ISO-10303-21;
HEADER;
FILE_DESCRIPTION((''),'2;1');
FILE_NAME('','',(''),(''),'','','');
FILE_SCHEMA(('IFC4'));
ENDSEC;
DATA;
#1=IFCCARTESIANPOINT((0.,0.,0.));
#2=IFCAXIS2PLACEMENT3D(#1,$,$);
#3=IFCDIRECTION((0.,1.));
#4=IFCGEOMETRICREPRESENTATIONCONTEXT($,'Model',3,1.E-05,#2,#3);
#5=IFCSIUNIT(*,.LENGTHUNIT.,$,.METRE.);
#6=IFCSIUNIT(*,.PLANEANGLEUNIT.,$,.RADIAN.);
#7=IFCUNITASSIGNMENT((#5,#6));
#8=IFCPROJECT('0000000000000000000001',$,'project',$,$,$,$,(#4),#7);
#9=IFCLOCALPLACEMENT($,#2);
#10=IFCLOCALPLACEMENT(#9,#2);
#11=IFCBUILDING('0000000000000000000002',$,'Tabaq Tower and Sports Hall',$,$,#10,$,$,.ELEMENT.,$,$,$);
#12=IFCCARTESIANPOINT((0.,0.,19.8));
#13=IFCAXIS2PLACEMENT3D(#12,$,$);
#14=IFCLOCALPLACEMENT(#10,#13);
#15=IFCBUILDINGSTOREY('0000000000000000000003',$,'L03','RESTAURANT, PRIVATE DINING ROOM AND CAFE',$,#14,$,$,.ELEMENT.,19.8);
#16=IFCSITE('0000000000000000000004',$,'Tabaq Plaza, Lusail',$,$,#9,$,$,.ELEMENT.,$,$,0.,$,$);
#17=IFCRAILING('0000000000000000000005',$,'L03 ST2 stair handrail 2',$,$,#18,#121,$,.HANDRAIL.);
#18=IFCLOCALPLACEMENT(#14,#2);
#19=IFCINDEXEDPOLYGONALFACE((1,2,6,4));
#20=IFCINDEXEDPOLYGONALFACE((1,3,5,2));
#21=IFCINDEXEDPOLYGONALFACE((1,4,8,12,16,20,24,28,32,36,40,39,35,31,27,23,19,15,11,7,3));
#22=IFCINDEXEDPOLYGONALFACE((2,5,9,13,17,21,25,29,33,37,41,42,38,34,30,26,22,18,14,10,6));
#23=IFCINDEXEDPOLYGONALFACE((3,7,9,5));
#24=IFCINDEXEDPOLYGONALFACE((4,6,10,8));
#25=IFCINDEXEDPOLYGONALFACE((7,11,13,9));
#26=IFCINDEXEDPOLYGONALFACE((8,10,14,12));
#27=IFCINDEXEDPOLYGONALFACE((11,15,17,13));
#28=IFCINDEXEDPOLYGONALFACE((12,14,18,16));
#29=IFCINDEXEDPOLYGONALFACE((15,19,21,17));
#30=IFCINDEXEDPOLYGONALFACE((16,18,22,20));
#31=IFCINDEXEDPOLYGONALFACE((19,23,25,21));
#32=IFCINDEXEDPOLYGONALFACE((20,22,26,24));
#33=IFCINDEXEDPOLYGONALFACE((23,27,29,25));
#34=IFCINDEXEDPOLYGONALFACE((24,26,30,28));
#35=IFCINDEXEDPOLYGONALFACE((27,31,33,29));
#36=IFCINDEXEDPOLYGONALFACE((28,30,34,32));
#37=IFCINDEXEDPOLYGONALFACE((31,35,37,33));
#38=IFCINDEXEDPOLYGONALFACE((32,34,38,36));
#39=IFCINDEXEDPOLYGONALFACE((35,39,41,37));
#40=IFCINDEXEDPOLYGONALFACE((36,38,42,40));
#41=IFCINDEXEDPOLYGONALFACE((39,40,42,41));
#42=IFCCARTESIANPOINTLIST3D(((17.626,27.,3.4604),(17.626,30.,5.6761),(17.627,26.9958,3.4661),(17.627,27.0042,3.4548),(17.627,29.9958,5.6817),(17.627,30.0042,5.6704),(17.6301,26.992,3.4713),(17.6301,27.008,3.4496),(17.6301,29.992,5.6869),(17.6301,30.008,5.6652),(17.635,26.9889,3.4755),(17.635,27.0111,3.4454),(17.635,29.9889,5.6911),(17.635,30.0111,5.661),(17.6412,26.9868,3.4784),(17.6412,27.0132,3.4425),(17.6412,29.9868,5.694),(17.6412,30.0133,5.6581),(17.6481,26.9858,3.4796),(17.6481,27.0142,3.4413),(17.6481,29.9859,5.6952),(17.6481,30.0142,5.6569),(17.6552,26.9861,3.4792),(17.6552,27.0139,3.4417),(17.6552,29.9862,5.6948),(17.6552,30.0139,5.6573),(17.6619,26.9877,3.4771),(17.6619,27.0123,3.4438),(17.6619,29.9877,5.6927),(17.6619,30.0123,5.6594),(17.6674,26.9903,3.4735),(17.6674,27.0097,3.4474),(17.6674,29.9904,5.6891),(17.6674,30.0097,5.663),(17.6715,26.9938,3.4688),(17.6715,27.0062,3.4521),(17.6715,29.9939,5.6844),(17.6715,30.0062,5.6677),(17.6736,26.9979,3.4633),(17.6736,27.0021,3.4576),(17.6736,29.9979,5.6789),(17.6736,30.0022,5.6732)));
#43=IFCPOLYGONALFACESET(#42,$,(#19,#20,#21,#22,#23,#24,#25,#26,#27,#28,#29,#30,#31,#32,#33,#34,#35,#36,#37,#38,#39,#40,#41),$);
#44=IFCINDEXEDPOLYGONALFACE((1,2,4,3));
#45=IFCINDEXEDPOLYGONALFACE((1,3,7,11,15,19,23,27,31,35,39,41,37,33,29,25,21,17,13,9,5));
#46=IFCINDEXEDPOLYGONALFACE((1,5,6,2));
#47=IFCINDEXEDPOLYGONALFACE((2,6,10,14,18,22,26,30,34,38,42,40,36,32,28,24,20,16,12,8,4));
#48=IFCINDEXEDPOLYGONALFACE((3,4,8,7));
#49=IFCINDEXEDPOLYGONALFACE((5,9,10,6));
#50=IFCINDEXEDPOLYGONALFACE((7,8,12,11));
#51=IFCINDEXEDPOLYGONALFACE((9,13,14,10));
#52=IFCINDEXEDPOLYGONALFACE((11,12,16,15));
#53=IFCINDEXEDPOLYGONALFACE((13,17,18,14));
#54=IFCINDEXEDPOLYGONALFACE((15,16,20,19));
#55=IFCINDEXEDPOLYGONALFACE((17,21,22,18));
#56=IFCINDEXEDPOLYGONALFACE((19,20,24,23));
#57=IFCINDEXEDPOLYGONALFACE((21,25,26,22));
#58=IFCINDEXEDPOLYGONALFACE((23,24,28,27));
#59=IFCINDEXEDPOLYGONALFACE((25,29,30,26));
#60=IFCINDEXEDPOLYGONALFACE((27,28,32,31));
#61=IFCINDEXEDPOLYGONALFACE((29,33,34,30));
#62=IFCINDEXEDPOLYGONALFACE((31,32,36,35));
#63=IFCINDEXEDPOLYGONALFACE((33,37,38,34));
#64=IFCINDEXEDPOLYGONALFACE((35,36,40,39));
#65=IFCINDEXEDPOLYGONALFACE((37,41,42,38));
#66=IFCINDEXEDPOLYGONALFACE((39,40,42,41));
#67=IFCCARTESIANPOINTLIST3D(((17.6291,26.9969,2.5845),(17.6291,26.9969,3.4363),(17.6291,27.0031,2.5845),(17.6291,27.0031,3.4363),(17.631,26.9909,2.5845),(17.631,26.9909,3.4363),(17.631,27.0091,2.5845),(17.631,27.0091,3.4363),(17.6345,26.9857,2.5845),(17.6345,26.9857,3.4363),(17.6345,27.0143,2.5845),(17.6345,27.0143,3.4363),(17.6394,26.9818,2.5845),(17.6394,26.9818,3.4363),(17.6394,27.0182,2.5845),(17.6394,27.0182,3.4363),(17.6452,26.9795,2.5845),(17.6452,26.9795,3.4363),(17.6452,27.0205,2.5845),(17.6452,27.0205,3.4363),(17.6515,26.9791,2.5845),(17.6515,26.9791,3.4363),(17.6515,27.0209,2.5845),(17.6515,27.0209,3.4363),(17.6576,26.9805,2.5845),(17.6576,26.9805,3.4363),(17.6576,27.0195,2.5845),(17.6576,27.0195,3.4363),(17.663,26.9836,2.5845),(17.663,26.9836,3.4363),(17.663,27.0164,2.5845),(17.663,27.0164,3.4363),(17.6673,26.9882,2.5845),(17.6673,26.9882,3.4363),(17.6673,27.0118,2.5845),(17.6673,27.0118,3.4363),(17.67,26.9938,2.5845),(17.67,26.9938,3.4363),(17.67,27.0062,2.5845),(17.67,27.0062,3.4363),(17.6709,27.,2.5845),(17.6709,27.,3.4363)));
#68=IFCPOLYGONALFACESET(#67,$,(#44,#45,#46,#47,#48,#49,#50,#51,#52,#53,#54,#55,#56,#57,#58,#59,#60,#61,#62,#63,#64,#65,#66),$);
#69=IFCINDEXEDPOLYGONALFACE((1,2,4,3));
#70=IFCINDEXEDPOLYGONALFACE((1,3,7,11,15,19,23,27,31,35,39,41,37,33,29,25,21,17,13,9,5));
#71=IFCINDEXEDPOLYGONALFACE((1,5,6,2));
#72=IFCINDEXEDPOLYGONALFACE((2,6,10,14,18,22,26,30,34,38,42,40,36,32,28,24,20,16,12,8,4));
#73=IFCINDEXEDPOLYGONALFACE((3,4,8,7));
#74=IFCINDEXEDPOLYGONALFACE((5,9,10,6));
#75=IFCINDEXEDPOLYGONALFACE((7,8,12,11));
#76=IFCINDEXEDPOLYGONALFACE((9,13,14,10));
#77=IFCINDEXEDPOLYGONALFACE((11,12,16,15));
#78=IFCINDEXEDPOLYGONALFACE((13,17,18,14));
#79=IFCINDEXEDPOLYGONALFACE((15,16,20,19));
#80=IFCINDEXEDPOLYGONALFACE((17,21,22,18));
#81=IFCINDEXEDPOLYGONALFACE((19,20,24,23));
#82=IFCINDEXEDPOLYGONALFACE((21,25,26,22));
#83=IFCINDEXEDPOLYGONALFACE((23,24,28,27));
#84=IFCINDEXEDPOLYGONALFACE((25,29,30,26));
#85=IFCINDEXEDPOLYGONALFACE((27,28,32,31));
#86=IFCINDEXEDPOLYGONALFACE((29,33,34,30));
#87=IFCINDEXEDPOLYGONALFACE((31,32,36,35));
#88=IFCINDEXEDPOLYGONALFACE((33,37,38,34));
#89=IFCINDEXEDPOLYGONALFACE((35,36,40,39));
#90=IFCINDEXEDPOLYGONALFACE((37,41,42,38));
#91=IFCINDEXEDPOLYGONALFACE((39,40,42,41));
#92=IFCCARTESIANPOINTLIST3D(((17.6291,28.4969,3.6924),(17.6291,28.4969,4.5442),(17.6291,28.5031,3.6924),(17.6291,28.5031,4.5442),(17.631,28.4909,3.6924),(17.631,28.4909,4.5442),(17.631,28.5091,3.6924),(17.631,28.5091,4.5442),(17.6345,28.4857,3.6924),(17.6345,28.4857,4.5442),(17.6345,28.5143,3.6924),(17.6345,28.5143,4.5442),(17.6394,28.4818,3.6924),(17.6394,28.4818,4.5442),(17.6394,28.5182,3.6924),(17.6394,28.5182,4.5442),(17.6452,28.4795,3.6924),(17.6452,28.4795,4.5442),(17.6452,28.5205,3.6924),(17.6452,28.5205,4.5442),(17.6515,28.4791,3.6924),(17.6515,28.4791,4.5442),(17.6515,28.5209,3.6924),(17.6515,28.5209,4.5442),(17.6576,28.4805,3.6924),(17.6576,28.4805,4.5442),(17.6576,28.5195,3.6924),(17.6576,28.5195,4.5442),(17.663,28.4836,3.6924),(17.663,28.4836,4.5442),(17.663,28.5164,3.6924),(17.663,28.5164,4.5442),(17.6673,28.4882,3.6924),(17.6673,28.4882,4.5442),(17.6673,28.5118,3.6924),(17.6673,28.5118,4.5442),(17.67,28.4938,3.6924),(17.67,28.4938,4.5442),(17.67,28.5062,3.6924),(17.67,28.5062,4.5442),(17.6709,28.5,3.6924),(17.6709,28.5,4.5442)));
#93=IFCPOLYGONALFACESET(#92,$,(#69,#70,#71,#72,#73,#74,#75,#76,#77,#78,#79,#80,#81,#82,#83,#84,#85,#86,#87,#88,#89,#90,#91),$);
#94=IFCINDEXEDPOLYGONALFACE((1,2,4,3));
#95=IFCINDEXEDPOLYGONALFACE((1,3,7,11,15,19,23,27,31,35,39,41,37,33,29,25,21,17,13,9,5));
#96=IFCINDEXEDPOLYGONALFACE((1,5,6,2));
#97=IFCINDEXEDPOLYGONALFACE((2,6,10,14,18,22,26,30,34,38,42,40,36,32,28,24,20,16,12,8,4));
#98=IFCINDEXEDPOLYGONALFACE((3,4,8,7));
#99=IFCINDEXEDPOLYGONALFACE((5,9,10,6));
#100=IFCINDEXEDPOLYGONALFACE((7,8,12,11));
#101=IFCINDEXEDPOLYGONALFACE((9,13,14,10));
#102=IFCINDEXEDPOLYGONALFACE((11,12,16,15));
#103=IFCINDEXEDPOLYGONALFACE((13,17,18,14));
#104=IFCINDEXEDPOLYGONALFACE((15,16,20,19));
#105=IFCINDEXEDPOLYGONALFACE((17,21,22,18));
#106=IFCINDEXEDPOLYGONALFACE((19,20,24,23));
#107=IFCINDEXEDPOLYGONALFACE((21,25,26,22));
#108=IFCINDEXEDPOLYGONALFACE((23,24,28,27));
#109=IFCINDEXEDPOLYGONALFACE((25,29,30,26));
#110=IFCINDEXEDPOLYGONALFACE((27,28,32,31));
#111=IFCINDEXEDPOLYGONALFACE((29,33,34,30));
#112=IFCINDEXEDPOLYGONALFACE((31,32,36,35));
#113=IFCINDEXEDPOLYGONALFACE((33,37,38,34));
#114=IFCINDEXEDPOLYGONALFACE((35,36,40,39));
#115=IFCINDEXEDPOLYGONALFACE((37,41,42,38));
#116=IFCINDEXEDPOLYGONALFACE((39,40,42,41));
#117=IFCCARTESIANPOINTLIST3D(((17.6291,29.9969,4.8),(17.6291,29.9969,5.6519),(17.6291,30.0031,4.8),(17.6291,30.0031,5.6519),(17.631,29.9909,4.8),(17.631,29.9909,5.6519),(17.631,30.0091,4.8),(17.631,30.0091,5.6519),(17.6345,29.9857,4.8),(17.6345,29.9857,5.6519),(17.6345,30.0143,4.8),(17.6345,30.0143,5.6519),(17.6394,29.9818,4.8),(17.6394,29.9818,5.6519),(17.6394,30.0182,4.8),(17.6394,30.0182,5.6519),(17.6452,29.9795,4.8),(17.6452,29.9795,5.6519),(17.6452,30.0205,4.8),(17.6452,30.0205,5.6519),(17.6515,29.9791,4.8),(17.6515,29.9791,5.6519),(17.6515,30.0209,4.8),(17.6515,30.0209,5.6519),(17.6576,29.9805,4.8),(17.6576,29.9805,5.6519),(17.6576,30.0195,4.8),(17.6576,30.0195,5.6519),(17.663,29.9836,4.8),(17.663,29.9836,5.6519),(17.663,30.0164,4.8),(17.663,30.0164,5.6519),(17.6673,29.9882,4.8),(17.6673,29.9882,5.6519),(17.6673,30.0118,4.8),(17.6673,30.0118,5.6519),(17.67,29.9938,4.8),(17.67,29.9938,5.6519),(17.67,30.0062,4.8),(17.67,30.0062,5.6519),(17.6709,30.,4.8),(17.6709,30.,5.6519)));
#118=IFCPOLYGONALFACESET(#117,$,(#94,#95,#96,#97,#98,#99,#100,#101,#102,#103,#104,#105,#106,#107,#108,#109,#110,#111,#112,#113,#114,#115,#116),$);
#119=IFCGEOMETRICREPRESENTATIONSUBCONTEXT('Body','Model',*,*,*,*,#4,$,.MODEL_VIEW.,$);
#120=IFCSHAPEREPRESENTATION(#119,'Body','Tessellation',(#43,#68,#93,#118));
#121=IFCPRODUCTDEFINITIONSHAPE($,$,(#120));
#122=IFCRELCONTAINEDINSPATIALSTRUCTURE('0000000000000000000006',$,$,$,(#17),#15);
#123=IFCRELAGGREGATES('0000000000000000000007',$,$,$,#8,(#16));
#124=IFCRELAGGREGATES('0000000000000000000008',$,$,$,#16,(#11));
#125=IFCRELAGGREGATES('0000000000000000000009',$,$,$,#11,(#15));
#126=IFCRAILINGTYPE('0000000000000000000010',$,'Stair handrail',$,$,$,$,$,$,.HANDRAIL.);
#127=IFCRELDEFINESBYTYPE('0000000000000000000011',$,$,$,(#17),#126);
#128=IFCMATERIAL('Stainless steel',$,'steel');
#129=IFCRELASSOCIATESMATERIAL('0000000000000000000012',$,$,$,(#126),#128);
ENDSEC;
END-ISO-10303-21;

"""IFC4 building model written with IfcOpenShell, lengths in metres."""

from ifc_helpers import new_model, si_unit, direction, frame, origin, origin_2d, place, context, subcontext, project, spatial, circle, extrude, material, type_object, element, save


model = new_model("IFC4")

# Units and contexts
model_context = context("Model", 3, precision=1e-05, world=origin(), true_north=direction((0.0, 1.0)))
body_context = subcontext(model_context, "Body", "Model", "MODEL_VIEW")
ifc_project = project(units=[si_unit("LENGTHUNIT", "METRE"), si_unit("PLANEANGLEUNIT", "RADIAN")], contexts=[model_context])

# Site, building, storey
site_placement = place(None, origin())
site = spatial("IfcSite", under=ifc_project, at=site_placement, Name="Tabaq Plaza, Lusail", CompositionType="ELEMENT", RefElevation=0.0)
building_placement = place(site_placement, origin())
building = spatial("IfcBuilding", under=site, at=building_placement, Name="Tabaq Tower and Sports Hall", CompositionType="ELEMENT")
storey_placement = place(building_placement, frame((0.0, 0.0, 19.8)))
storey = spatial("IfcBuildingStorey", under=building, at=storey_placement, Name="L03", Description="RESTAURANT, PRIVATE DINING ROOM AND CAFE", CompositionType="ELEMENT", Elevation=19.8)

# Railing
ifc_material_1 = material(Name="Stainless steel", Category="steel")
railing_type_1 = type_object("IfcRailingType", Name="Stair handrail", PredefinedType="HANDRAIL", material=ifc_material_1)
railing_1_placement = place(storey_placement, frame((17.6499, 27.0, 2.5845)))
element("IfcRailing", 1, at=railing_1_placement, inside=storey, type_object=railing_type_1, Name="L03 ST2 stair handrail 2", PredefinedType="HANDRAIL", context=body_context, shape_type="SweptSolid", body=[
    extrude(circle(Radius=0.0239, at=origin_2d()), frame((0.0, 0.0, 0.876), z_axis=(0.0, 0.804409, 0.594076), x_axis=(-1.0, 0.0, 0.0)), (0.0, 0.0, 1.0), 3.7295),
    extrude(circle(Radius=0.021, at=origin_2d()), origin(), (0.0, 0.0, 1.0), 0.8518),
    extrude(circle(Radius=0.021, at=origin_2d()), frame((0.0, 1.5, 1.1079)), (0.0, 0.0, 1.0), 0.8518),
    extrude(circle(Radius=0.021, at=origin_2d()), frame((0.0, 3.0, 2.2156)), (0.0, 0.0, 1.0), 0.8518),
])

save(model, "model.ifc")
